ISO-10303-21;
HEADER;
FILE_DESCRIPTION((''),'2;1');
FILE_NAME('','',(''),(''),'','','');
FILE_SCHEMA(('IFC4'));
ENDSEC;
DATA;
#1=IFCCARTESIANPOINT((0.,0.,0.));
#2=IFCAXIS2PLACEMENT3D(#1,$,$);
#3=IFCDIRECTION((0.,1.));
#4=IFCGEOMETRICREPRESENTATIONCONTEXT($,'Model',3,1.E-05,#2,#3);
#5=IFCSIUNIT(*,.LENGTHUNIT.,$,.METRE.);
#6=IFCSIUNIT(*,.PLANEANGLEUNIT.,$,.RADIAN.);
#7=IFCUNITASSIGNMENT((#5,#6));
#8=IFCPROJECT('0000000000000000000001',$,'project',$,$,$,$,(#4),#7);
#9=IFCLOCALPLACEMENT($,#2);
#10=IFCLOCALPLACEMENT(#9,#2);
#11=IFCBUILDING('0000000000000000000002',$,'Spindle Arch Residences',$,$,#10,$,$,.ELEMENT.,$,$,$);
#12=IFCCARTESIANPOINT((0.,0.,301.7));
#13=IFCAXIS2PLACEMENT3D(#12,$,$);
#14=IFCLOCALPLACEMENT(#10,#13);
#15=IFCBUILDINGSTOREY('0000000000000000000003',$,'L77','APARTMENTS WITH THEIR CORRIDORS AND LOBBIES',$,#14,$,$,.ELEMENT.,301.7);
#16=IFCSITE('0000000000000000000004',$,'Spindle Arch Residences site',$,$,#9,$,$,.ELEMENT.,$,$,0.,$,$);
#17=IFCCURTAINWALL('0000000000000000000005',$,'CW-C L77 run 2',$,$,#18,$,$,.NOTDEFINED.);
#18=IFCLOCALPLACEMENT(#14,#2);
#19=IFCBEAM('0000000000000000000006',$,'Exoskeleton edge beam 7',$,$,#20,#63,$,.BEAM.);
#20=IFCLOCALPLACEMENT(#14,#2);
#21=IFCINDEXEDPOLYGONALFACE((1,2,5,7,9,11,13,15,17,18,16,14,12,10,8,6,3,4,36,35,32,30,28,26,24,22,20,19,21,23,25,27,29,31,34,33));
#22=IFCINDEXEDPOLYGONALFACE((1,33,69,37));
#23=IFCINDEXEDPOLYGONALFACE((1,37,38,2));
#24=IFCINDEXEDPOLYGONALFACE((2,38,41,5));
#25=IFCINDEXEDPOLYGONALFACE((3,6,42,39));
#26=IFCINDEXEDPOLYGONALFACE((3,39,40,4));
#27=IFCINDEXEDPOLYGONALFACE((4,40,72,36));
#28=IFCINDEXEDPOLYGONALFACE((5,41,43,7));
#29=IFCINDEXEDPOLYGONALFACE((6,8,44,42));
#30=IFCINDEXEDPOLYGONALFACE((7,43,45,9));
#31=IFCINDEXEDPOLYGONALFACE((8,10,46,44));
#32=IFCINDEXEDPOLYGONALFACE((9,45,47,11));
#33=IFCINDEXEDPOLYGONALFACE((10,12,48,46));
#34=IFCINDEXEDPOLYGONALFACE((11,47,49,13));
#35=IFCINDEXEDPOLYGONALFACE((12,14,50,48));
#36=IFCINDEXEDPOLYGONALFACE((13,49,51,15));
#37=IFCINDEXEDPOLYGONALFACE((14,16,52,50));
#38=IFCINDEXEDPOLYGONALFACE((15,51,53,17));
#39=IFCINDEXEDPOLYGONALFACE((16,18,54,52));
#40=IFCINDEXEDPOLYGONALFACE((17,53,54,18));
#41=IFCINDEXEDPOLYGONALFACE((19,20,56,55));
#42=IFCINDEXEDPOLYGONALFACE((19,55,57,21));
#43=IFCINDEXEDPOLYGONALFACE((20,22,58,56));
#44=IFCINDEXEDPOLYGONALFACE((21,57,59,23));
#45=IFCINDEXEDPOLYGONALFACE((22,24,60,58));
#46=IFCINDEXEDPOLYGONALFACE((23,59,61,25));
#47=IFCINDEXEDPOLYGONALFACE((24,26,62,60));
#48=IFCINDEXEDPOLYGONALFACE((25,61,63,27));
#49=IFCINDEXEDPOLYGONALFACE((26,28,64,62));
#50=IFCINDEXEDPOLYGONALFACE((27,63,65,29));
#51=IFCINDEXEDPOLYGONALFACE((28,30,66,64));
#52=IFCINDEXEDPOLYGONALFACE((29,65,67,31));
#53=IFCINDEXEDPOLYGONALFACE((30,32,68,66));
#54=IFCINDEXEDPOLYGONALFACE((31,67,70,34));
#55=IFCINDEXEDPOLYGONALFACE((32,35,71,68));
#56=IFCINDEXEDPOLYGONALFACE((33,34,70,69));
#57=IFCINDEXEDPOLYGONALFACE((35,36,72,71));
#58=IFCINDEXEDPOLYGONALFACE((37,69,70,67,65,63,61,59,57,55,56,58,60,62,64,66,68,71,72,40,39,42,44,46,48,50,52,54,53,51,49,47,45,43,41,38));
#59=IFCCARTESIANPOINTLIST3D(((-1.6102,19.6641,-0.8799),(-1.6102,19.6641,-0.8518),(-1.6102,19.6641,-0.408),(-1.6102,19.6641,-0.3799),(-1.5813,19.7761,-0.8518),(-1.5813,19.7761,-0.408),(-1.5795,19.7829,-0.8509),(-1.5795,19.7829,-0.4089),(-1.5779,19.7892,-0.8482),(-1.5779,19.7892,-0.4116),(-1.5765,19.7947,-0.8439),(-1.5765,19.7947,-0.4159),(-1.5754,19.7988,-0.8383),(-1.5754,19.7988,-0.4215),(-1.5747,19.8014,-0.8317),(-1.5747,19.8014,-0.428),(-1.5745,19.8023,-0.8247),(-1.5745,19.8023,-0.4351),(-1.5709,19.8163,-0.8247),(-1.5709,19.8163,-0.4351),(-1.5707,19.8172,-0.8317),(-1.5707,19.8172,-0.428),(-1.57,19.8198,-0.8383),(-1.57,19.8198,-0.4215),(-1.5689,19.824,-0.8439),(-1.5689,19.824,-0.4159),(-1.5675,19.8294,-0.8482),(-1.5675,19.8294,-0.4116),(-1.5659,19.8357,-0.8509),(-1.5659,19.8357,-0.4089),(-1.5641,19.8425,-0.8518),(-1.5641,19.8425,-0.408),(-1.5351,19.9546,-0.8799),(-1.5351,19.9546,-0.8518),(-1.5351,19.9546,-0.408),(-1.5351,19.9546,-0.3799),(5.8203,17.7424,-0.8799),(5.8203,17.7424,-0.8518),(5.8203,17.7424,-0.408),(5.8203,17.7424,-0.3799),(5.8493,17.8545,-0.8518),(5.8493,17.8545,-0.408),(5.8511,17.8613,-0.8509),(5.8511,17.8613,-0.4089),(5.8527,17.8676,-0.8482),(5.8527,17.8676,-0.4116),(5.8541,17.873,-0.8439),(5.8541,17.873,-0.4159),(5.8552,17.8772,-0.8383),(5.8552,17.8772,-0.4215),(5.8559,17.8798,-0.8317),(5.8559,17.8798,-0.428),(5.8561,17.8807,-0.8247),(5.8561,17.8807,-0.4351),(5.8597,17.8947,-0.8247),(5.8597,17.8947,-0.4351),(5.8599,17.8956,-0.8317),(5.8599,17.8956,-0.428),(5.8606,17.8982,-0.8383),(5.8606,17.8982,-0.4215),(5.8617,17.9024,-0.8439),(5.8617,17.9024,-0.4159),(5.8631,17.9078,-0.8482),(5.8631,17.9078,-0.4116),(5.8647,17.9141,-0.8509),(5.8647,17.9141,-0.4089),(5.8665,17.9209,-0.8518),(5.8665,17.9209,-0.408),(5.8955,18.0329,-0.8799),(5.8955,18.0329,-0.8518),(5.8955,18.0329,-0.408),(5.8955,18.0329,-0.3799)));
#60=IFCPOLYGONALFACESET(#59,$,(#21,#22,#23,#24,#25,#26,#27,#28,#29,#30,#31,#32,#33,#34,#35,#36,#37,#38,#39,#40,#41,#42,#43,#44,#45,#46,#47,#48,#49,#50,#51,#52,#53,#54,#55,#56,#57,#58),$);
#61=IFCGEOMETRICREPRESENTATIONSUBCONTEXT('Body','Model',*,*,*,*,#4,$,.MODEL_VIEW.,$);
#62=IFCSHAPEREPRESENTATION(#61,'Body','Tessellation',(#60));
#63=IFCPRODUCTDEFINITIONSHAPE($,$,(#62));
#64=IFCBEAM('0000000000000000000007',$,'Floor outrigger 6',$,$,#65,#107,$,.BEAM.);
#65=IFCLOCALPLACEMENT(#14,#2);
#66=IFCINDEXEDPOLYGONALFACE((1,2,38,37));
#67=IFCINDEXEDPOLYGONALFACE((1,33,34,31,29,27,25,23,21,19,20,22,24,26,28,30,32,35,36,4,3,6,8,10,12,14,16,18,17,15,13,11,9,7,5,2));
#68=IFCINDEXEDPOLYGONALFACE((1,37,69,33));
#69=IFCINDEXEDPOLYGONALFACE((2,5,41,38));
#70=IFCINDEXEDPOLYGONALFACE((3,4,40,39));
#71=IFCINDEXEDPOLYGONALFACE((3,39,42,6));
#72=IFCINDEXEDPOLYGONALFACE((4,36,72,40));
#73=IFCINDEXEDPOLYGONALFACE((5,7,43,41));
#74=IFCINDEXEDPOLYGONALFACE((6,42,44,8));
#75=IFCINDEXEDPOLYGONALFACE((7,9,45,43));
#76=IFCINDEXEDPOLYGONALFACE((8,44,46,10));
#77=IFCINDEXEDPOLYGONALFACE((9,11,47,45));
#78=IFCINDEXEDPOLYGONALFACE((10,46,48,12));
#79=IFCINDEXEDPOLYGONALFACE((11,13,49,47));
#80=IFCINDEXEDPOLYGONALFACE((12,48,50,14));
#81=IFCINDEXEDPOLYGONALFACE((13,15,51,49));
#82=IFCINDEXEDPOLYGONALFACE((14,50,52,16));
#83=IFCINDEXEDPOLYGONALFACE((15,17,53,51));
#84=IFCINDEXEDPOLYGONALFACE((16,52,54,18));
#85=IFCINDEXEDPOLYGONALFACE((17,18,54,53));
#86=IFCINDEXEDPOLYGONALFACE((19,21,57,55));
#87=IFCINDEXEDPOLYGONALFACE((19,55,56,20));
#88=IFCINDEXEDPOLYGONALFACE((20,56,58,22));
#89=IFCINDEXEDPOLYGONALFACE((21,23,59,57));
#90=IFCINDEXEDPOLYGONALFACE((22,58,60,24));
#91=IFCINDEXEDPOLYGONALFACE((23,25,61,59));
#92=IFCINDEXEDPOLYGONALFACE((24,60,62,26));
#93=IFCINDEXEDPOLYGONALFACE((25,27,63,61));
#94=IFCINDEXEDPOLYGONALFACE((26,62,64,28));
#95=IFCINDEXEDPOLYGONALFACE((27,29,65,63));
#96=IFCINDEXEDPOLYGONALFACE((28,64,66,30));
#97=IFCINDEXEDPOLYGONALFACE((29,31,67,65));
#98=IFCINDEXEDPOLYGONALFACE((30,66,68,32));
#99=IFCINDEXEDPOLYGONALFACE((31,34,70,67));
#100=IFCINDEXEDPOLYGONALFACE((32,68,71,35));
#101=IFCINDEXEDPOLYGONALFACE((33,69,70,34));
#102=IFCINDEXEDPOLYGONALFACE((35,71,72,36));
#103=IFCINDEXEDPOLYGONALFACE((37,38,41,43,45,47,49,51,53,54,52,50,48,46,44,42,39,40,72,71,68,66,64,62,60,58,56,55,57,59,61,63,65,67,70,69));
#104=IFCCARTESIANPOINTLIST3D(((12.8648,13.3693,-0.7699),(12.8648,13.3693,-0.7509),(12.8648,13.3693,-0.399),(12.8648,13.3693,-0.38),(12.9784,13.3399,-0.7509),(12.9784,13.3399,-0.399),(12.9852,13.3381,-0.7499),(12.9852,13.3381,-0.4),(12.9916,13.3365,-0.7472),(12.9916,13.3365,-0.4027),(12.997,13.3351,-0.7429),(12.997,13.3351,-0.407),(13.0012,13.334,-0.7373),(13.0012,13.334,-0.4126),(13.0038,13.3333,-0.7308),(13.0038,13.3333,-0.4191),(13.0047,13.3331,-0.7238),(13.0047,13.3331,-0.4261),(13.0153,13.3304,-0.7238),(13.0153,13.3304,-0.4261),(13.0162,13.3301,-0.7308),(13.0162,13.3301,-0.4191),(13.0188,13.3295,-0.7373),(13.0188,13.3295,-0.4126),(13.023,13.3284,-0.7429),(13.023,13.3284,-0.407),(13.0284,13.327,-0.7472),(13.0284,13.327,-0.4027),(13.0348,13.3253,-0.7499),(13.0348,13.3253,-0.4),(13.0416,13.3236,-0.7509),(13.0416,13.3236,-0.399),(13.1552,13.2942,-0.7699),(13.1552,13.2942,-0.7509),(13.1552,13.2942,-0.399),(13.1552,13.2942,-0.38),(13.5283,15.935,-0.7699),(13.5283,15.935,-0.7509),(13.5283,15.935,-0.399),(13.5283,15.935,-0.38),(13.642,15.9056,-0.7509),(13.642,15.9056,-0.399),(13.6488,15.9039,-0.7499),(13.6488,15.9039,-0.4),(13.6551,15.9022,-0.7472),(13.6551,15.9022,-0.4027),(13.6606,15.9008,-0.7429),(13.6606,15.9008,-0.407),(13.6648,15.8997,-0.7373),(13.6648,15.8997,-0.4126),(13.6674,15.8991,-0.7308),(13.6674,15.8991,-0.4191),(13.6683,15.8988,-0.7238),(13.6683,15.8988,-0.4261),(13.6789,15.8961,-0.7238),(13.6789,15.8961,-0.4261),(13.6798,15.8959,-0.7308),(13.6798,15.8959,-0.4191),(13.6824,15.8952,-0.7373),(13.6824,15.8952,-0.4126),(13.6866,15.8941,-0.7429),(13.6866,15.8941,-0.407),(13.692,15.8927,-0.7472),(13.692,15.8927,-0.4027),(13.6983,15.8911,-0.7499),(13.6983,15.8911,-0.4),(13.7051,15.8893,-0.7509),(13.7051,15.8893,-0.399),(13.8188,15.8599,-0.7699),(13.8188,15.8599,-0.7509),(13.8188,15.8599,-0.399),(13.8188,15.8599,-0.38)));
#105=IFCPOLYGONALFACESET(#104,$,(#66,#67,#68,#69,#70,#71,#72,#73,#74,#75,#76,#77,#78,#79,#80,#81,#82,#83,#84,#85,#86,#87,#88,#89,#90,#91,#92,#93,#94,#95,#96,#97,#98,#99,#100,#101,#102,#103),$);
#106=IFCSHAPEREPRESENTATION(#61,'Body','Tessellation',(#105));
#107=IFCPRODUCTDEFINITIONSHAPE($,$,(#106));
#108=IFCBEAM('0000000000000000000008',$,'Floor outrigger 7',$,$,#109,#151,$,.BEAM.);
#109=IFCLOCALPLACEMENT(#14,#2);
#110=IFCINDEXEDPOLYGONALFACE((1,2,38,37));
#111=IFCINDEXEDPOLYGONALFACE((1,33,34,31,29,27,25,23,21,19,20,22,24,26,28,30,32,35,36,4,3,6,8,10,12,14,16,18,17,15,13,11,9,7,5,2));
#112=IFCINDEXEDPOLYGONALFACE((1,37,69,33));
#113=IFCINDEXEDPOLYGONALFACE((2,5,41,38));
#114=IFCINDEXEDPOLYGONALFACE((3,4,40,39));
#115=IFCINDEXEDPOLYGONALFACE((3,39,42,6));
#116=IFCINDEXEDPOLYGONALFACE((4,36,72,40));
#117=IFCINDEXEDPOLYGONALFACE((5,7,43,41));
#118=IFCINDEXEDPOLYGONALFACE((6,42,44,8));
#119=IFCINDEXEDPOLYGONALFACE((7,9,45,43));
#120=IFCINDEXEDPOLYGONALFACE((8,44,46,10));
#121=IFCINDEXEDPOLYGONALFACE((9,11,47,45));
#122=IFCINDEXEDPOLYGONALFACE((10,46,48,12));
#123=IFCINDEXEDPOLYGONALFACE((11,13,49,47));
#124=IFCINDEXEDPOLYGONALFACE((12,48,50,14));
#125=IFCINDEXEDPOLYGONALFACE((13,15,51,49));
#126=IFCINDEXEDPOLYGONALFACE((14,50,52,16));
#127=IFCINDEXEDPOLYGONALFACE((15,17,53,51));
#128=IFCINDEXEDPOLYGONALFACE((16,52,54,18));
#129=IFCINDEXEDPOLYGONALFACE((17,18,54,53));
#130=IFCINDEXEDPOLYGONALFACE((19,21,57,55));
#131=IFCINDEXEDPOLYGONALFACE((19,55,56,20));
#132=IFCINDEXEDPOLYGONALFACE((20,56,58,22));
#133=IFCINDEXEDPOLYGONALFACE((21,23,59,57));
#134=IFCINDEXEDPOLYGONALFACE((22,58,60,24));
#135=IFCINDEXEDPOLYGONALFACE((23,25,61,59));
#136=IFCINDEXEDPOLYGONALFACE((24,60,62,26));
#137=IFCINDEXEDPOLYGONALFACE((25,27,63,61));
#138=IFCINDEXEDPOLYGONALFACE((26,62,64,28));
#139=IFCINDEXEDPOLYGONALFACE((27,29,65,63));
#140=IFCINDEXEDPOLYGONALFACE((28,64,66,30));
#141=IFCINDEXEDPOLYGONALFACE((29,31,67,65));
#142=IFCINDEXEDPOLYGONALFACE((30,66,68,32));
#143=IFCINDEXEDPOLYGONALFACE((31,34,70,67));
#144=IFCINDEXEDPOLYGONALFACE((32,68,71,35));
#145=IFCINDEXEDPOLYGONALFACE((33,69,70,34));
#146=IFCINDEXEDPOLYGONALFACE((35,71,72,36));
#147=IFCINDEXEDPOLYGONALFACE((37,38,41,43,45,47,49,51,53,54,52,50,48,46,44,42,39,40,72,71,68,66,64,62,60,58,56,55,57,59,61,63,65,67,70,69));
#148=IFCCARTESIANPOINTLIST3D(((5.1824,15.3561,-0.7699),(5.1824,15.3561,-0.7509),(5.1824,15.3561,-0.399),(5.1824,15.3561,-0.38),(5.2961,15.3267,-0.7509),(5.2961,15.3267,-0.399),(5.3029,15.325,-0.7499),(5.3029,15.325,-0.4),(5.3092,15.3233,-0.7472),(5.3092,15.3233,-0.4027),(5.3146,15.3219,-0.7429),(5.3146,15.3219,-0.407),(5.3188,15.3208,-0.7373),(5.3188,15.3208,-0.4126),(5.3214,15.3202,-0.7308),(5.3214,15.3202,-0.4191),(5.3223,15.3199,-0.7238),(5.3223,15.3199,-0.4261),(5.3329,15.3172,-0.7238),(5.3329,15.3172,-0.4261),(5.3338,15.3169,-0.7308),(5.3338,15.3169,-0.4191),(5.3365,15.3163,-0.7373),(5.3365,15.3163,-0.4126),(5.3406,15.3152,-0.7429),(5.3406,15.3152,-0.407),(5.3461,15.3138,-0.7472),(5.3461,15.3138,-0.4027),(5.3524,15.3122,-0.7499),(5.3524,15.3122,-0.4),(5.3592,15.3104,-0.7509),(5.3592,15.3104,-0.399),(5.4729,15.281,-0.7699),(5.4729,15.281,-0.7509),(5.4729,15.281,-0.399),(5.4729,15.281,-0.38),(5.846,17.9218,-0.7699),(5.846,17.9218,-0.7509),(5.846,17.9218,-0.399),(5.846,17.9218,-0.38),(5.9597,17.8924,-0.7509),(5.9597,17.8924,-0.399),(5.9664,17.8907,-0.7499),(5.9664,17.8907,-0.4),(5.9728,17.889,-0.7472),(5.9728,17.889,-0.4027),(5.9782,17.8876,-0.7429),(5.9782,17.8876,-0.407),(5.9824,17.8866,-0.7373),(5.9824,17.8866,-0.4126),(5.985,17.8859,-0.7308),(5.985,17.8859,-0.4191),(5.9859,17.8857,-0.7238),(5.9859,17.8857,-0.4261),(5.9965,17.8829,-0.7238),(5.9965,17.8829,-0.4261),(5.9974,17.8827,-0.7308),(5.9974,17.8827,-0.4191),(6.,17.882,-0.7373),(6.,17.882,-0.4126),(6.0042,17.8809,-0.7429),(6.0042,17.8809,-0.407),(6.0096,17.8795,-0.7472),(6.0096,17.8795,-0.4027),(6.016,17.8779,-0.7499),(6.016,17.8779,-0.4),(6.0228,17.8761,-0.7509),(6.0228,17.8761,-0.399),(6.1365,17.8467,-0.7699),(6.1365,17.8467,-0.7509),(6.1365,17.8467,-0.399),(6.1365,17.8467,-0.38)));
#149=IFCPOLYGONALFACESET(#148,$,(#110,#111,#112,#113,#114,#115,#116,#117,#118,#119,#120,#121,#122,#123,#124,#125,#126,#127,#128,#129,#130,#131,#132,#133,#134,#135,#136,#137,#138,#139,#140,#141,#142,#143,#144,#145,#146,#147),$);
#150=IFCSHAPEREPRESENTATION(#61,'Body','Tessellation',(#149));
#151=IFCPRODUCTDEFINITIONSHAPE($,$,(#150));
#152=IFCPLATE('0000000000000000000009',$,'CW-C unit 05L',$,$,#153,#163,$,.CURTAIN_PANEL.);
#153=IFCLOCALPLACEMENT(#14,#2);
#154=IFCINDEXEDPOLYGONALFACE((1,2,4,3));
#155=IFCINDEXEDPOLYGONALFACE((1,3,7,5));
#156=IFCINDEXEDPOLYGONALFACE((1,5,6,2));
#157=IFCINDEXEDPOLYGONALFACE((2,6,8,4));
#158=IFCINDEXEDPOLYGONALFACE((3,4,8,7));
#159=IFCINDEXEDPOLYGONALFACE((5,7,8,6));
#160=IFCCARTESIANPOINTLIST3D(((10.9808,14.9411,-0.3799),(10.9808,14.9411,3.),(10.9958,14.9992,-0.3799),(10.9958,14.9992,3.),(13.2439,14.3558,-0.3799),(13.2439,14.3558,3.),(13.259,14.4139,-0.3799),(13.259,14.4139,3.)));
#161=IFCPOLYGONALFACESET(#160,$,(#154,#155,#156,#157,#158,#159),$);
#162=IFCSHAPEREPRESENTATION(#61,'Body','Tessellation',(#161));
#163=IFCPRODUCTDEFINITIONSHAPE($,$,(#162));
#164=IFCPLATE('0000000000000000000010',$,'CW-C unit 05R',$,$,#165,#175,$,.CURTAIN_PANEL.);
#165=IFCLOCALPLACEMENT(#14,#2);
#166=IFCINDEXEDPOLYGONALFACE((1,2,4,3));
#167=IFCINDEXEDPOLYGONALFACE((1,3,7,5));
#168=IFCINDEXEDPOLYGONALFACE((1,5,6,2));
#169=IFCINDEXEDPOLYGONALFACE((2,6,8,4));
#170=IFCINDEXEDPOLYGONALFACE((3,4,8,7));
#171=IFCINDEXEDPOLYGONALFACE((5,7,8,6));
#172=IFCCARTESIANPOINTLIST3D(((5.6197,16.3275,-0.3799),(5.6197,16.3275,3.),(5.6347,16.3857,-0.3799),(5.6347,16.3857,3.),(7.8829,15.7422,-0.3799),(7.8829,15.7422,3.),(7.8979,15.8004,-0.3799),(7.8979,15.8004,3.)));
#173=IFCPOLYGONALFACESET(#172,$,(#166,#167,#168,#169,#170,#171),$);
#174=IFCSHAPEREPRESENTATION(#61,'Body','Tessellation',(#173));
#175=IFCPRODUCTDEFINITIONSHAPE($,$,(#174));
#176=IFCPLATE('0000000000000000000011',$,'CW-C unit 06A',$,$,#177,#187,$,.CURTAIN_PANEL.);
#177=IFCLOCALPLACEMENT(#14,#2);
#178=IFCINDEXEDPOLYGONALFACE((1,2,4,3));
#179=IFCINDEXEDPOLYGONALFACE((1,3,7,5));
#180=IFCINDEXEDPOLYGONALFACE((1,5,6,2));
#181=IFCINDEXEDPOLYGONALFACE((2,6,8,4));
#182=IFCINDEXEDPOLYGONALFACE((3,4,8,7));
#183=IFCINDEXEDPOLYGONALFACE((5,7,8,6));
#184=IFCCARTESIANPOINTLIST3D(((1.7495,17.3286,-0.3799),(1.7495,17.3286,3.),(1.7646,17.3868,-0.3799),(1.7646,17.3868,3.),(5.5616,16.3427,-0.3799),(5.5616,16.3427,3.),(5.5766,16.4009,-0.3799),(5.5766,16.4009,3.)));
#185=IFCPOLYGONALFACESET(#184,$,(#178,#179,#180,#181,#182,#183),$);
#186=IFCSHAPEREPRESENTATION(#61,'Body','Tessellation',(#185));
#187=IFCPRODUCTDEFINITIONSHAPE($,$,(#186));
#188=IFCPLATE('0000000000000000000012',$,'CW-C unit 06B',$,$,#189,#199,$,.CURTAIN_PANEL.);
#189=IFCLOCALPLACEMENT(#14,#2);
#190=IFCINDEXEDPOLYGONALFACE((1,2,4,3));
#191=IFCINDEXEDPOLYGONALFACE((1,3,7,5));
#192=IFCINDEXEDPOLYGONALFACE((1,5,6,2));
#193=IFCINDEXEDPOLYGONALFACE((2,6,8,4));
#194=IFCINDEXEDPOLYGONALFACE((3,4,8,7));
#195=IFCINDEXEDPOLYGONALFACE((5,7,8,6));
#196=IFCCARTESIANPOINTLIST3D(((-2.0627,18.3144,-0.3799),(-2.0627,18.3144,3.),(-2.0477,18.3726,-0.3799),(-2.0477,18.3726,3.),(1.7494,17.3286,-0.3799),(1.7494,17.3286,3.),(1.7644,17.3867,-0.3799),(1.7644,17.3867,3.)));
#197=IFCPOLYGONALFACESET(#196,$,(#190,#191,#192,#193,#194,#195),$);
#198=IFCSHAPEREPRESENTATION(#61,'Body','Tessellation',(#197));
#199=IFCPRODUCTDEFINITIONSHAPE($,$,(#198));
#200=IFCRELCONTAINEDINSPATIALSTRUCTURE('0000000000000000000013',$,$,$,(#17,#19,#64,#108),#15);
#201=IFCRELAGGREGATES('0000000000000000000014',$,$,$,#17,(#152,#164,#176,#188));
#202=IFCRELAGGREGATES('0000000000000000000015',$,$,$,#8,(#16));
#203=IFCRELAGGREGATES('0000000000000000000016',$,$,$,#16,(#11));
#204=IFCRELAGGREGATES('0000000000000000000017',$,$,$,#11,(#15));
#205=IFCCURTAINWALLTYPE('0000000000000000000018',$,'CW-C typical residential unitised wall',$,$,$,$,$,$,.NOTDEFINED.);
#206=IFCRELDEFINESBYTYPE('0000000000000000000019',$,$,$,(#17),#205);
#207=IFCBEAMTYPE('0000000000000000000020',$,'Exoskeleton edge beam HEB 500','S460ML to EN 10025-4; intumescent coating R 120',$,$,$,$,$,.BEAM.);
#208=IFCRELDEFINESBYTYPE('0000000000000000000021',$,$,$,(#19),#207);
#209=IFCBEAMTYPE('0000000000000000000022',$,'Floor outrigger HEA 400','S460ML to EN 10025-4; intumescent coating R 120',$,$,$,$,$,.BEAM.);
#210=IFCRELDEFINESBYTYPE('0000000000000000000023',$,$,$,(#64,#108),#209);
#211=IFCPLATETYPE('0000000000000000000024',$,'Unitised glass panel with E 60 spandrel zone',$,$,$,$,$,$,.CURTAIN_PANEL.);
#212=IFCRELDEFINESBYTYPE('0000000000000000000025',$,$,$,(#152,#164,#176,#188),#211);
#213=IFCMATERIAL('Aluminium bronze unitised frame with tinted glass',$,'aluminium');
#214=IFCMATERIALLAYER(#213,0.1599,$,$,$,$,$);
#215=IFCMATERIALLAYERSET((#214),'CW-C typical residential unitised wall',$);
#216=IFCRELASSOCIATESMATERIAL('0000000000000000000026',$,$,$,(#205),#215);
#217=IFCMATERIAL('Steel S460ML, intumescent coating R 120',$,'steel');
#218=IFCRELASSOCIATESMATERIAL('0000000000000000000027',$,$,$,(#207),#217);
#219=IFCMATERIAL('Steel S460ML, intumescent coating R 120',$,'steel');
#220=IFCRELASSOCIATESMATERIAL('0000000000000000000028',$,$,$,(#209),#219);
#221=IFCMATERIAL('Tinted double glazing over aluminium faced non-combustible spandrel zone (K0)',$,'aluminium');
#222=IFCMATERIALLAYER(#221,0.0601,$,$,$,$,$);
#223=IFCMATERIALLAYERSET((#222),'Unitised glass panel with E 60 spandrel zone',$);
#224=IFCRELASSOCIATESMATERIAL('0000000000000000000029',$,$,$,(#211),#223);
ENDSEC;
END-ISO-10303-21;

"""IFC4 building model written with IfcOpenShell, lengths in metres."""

from ifc_helpers import new_model, si_unit, direction, frame, origin, origin_2d, place, context, subcontext, project, spatial, rectangle, i_section, extrude, material, layer, layer_set, material_profile, profile_set, type_object, element, aggregate, save


model = new_model("IFC4")

# Units and contexts
model_context = context("Model", 3, precision=1e-05, world=origin(), true_north=direction((0.0, 1.0)))
body_context = subcontext(model_context, "Body", "Model", "MODEL_VIEW")
ifc_project = project(units=[si_unit("LENGTHUNIT", "METRE"), si_unit("PLANEANGLEUNIT", "RADIAN")], contexts=[model_context])

# Site, building, storey
site_placement = place(None, origin())
site = spatial("IfcSite", under=ifc_project, at=site_placement, Name="Spindle Arch Residences site", CompositionType="ELEMENT", RefElevation=0.0)
building_placement = place(site_placement, origin())
building = spatial("IfcBuilding", under=site, at=building_placement, Name="Spindle Arch Residences", CompositionType="ELEMENT")
storey_placement = place(building_placement, frame((0.0, 0.0, 301.7)))
storey = spatial("IfcBuildingStorey", under=building, at=storey_placement, Name="L77", Description="APARTMENTS WITH THEIR CORRIDORS AND LOBBIES", CompositionType="ELEMENT", Elevation=301.7)

# Curtain wall
ifc_material_1 = material(Name="Aluminium bronze unitised frame with tinted glass", Category="aluminium")
ifc_layer_1 = layer(ifc_material_1, 0.1599)
ifc_layer_set_1 = layer_set([ifc_layer_1], Name="CW-C typical residential unitised wall")
curtain_wall_type = type_object("IfcCurtainWallType", Name="CW-C typical residential unitised wall", PredefinedType="NOTDEFINED", material=ifc_layer_set_1)
curtain_wall_placement = place(storey_placement, origin())
curtain_wall = element("IfcCurtainWall", 1, at=curtain_wall_placement, inside=storey, type_object=curtain_wall_type, Name="CW-C L77 run 2", PredefinedType="NOTDEFINED")

# Beams
ifc_material_2 = material(Name="Steel S460ML, intumescent coating R 120", Category="steel")
ifc_material_profile_1 = material_profile(ifc_material_2, i_section(OverallWidth=0.3, OverallDepth=0.5, WebThickness=0.0144, FlangeThickness=0.0281, FilletRadius=0.0271, at=origin_2d()), Name="HEB 500")
ifc_profile_set_1 = profile_set([ifc_material_profile_1], Name="Steel S460ML, intumescent coating R 120")
beam_type_1 = type_object("IfcBeamType", Name="Exoskeleton edge beam HEB 500", Description="S460ML to EN 10025-4; intumescent coating R 120", PredefinedType="BEAM", material=ifc_profile_set_1)
for number, where, z_axis, x_axis, name in (
    (2, (5.8579, 17.8877, -0.6299), (-0.96815, 0.250372, 0.0), (-0.250372, -0.96815, 0.0), "Exoskeleton edge beam 7"),
):
    element("IfcBeam", number, at=place(storey_placement, frame(where, z_axis=z_axis, x_axis=x_axis)), inside=storey, type_object=beam_type_1, Name=name, PredefinedType="BEAM", context=body_context, shape_type="SweptSolid", body=[
        extrude(i_section(OverallWidth=0.3, OverallDepth=0.5, WebThickness=0.0144, FlangeThickness=0.0281, FilletRadius=0.0271, at=origin_2d()), origin(), (0.0, 0.0, 1.0), 7.675),
    ])
ifc_material_3 = material(Name="Steel S460ML, intumescent coating R 120", Category="steel")
ifc_material_profile_2 = material_profile(ifc_material_3, i_section(OverallWidth=0.3, OverallDepth=0.3899, WebThickness=0.011, FlangeThickness=0.019, FilletRadius=0.0271, at=origin_2d()), Name="HEA 400")
ifc_profile_set_2 = profile_set([ifc_material_profile_2], Name="Steel S460ML, intumescent coating R 120")
beam_type_2 = type_object("IfcBeamType", Name="Floor outrigger HEA 400", Description="S460ML to EN 10025-4; intumescent coating R 120", PredefinedType="BEAM", material=ifc_profile_set_2)
for number, where, z_axis, x_axis, name in (
    (3, (13.6736, 15.8975, -0.575), (-0.250396, -0.968143, 0.0), (0.968143, -0.250396, 0.0), "Floor outrigger 6"),
    (4, (5.9912, 17.8843, -0.575), (-0.250396, -0.968143, 0.0), (0.968143, -0.250396, 0.0), "Floor outrigger 7"),
):
    element("IfcBeam", number, at=place(storey_placement, frame(where, z_axis=z_axis, x_axis=x_axis)), inside=storey, type_object=beam_type_2, Name=name, PredefinedType="BEAM", context=body_context, shape_type="SweptSolid", body=[
        extrude(i_section(OverallWidth=0.3, OverallDepth=0.3899, WebThickness=0.011, FlangeThickness=0.019, FilletRadius=0.0271, at=origin_2d()), origin(), (0.0, 0.0, 1.0), 2.6501),
    ])

# Plates
ifc_material_4 = material(Name="Tinted double glazing over aluminium faced non-combustible spandrel zone (K0)", Category="aluminium")
ifc_layer_2 = layer(ifc_material_4, 0.0601)
ifc_layer_set_2 = layer_set([ifc_layer_2], Name="Unitised glass panel with E 60 spandrel zone")
plate_type = type_object("IfcPlateType", Name="Unitised glass panel with E 60 spandrel zone", PredefinedType="CURTAIN_PANEL", material=ifc_layer_set_2)
plate_1_placement = place(storey_placement, frame((12.1199, 14.6775, -0.3799), z_axis=(0.0, 0.0, 1.0), x_axis=(-0.968148, 0.25038, 0.0)))
plate_1 = element("IfcPlate", 5, at=plate_1_placement, type_object=plate_type, Name="CW-C unit 05L", PredefinedType="CURTAIN_PANEL", context=body_context, shape_type="SweptSolid", body=[
    extrude(rectangle(XDim=2.3376, YDim=0.0601, at=origin_2d()), origin(), (0.0, 0.0, 1.0), 3.3799),
])
plate_2_placement = place(storey_placement, frame((6.7588, 16.064, -0.3799), z_axis=(0.0, 0.0, 1.0), x_axis=(-0.968148, 0.25038, 0.0)))
plate_2 = element("IfcPlate", 6, at=plate_2_placement, type_object=plate_type, Name="CW-C unit 05R", PredefinedType="CURTAIN_PANEL", context=body_context, shape_type="SweptSolid", body=[
    extrude(rectangle(XDim=2.3376, YDim=0.0601, at=origin_2d()), origin(), (0.0, 0.0, 1.0), 3.3799),
])
plate_3_placement = place(storey_placement, frame((3.6631, 16.8647, -0.3799), z_axis=(0.0, 0.0, 1.0), x_axis=(-0.968148, 0.25038, 0.0)))
plate_3 = element("IfcPlate", 7, at=plate_3_placement, type_object=plate_type, Name="CW-C unit 06A", PredefinedType="CURTAIN_PANEL", context=body_context, shape_type="SweptSolid", body=[
    extrude(rectangle(XDim=3.9375, YDim=0.0601, at=origin_2d()), origin(), (0.0, 0.0, 1.0), 3.3799),
])
plate_4_placement = place(storey_placement, frame((-0.1492, 17.8506, -0.3799), z_axis=(0.0, 0.0, 1.0), x_axis=(-0.968148, 0.25038, 0.0)))
plate_4 = element("IfcPlate", 8, at=plate_4_placement, type_object=plate_type, Name="CW-C unit 06B", PredefinedType="CURTAIN_PANEL", context=body_context, shape_type="SweptSolid", body=[
    extrude(rectangle(XDim=3.9375, YDim=0.0601, at=origin_2d()), origin(), (0.0, 0.0, 1.0), 3.3799),
])
aggregate(curtain_wall, [plate_1, plate_2, plate_3, plate_4])

save(model, "model.ifc")
